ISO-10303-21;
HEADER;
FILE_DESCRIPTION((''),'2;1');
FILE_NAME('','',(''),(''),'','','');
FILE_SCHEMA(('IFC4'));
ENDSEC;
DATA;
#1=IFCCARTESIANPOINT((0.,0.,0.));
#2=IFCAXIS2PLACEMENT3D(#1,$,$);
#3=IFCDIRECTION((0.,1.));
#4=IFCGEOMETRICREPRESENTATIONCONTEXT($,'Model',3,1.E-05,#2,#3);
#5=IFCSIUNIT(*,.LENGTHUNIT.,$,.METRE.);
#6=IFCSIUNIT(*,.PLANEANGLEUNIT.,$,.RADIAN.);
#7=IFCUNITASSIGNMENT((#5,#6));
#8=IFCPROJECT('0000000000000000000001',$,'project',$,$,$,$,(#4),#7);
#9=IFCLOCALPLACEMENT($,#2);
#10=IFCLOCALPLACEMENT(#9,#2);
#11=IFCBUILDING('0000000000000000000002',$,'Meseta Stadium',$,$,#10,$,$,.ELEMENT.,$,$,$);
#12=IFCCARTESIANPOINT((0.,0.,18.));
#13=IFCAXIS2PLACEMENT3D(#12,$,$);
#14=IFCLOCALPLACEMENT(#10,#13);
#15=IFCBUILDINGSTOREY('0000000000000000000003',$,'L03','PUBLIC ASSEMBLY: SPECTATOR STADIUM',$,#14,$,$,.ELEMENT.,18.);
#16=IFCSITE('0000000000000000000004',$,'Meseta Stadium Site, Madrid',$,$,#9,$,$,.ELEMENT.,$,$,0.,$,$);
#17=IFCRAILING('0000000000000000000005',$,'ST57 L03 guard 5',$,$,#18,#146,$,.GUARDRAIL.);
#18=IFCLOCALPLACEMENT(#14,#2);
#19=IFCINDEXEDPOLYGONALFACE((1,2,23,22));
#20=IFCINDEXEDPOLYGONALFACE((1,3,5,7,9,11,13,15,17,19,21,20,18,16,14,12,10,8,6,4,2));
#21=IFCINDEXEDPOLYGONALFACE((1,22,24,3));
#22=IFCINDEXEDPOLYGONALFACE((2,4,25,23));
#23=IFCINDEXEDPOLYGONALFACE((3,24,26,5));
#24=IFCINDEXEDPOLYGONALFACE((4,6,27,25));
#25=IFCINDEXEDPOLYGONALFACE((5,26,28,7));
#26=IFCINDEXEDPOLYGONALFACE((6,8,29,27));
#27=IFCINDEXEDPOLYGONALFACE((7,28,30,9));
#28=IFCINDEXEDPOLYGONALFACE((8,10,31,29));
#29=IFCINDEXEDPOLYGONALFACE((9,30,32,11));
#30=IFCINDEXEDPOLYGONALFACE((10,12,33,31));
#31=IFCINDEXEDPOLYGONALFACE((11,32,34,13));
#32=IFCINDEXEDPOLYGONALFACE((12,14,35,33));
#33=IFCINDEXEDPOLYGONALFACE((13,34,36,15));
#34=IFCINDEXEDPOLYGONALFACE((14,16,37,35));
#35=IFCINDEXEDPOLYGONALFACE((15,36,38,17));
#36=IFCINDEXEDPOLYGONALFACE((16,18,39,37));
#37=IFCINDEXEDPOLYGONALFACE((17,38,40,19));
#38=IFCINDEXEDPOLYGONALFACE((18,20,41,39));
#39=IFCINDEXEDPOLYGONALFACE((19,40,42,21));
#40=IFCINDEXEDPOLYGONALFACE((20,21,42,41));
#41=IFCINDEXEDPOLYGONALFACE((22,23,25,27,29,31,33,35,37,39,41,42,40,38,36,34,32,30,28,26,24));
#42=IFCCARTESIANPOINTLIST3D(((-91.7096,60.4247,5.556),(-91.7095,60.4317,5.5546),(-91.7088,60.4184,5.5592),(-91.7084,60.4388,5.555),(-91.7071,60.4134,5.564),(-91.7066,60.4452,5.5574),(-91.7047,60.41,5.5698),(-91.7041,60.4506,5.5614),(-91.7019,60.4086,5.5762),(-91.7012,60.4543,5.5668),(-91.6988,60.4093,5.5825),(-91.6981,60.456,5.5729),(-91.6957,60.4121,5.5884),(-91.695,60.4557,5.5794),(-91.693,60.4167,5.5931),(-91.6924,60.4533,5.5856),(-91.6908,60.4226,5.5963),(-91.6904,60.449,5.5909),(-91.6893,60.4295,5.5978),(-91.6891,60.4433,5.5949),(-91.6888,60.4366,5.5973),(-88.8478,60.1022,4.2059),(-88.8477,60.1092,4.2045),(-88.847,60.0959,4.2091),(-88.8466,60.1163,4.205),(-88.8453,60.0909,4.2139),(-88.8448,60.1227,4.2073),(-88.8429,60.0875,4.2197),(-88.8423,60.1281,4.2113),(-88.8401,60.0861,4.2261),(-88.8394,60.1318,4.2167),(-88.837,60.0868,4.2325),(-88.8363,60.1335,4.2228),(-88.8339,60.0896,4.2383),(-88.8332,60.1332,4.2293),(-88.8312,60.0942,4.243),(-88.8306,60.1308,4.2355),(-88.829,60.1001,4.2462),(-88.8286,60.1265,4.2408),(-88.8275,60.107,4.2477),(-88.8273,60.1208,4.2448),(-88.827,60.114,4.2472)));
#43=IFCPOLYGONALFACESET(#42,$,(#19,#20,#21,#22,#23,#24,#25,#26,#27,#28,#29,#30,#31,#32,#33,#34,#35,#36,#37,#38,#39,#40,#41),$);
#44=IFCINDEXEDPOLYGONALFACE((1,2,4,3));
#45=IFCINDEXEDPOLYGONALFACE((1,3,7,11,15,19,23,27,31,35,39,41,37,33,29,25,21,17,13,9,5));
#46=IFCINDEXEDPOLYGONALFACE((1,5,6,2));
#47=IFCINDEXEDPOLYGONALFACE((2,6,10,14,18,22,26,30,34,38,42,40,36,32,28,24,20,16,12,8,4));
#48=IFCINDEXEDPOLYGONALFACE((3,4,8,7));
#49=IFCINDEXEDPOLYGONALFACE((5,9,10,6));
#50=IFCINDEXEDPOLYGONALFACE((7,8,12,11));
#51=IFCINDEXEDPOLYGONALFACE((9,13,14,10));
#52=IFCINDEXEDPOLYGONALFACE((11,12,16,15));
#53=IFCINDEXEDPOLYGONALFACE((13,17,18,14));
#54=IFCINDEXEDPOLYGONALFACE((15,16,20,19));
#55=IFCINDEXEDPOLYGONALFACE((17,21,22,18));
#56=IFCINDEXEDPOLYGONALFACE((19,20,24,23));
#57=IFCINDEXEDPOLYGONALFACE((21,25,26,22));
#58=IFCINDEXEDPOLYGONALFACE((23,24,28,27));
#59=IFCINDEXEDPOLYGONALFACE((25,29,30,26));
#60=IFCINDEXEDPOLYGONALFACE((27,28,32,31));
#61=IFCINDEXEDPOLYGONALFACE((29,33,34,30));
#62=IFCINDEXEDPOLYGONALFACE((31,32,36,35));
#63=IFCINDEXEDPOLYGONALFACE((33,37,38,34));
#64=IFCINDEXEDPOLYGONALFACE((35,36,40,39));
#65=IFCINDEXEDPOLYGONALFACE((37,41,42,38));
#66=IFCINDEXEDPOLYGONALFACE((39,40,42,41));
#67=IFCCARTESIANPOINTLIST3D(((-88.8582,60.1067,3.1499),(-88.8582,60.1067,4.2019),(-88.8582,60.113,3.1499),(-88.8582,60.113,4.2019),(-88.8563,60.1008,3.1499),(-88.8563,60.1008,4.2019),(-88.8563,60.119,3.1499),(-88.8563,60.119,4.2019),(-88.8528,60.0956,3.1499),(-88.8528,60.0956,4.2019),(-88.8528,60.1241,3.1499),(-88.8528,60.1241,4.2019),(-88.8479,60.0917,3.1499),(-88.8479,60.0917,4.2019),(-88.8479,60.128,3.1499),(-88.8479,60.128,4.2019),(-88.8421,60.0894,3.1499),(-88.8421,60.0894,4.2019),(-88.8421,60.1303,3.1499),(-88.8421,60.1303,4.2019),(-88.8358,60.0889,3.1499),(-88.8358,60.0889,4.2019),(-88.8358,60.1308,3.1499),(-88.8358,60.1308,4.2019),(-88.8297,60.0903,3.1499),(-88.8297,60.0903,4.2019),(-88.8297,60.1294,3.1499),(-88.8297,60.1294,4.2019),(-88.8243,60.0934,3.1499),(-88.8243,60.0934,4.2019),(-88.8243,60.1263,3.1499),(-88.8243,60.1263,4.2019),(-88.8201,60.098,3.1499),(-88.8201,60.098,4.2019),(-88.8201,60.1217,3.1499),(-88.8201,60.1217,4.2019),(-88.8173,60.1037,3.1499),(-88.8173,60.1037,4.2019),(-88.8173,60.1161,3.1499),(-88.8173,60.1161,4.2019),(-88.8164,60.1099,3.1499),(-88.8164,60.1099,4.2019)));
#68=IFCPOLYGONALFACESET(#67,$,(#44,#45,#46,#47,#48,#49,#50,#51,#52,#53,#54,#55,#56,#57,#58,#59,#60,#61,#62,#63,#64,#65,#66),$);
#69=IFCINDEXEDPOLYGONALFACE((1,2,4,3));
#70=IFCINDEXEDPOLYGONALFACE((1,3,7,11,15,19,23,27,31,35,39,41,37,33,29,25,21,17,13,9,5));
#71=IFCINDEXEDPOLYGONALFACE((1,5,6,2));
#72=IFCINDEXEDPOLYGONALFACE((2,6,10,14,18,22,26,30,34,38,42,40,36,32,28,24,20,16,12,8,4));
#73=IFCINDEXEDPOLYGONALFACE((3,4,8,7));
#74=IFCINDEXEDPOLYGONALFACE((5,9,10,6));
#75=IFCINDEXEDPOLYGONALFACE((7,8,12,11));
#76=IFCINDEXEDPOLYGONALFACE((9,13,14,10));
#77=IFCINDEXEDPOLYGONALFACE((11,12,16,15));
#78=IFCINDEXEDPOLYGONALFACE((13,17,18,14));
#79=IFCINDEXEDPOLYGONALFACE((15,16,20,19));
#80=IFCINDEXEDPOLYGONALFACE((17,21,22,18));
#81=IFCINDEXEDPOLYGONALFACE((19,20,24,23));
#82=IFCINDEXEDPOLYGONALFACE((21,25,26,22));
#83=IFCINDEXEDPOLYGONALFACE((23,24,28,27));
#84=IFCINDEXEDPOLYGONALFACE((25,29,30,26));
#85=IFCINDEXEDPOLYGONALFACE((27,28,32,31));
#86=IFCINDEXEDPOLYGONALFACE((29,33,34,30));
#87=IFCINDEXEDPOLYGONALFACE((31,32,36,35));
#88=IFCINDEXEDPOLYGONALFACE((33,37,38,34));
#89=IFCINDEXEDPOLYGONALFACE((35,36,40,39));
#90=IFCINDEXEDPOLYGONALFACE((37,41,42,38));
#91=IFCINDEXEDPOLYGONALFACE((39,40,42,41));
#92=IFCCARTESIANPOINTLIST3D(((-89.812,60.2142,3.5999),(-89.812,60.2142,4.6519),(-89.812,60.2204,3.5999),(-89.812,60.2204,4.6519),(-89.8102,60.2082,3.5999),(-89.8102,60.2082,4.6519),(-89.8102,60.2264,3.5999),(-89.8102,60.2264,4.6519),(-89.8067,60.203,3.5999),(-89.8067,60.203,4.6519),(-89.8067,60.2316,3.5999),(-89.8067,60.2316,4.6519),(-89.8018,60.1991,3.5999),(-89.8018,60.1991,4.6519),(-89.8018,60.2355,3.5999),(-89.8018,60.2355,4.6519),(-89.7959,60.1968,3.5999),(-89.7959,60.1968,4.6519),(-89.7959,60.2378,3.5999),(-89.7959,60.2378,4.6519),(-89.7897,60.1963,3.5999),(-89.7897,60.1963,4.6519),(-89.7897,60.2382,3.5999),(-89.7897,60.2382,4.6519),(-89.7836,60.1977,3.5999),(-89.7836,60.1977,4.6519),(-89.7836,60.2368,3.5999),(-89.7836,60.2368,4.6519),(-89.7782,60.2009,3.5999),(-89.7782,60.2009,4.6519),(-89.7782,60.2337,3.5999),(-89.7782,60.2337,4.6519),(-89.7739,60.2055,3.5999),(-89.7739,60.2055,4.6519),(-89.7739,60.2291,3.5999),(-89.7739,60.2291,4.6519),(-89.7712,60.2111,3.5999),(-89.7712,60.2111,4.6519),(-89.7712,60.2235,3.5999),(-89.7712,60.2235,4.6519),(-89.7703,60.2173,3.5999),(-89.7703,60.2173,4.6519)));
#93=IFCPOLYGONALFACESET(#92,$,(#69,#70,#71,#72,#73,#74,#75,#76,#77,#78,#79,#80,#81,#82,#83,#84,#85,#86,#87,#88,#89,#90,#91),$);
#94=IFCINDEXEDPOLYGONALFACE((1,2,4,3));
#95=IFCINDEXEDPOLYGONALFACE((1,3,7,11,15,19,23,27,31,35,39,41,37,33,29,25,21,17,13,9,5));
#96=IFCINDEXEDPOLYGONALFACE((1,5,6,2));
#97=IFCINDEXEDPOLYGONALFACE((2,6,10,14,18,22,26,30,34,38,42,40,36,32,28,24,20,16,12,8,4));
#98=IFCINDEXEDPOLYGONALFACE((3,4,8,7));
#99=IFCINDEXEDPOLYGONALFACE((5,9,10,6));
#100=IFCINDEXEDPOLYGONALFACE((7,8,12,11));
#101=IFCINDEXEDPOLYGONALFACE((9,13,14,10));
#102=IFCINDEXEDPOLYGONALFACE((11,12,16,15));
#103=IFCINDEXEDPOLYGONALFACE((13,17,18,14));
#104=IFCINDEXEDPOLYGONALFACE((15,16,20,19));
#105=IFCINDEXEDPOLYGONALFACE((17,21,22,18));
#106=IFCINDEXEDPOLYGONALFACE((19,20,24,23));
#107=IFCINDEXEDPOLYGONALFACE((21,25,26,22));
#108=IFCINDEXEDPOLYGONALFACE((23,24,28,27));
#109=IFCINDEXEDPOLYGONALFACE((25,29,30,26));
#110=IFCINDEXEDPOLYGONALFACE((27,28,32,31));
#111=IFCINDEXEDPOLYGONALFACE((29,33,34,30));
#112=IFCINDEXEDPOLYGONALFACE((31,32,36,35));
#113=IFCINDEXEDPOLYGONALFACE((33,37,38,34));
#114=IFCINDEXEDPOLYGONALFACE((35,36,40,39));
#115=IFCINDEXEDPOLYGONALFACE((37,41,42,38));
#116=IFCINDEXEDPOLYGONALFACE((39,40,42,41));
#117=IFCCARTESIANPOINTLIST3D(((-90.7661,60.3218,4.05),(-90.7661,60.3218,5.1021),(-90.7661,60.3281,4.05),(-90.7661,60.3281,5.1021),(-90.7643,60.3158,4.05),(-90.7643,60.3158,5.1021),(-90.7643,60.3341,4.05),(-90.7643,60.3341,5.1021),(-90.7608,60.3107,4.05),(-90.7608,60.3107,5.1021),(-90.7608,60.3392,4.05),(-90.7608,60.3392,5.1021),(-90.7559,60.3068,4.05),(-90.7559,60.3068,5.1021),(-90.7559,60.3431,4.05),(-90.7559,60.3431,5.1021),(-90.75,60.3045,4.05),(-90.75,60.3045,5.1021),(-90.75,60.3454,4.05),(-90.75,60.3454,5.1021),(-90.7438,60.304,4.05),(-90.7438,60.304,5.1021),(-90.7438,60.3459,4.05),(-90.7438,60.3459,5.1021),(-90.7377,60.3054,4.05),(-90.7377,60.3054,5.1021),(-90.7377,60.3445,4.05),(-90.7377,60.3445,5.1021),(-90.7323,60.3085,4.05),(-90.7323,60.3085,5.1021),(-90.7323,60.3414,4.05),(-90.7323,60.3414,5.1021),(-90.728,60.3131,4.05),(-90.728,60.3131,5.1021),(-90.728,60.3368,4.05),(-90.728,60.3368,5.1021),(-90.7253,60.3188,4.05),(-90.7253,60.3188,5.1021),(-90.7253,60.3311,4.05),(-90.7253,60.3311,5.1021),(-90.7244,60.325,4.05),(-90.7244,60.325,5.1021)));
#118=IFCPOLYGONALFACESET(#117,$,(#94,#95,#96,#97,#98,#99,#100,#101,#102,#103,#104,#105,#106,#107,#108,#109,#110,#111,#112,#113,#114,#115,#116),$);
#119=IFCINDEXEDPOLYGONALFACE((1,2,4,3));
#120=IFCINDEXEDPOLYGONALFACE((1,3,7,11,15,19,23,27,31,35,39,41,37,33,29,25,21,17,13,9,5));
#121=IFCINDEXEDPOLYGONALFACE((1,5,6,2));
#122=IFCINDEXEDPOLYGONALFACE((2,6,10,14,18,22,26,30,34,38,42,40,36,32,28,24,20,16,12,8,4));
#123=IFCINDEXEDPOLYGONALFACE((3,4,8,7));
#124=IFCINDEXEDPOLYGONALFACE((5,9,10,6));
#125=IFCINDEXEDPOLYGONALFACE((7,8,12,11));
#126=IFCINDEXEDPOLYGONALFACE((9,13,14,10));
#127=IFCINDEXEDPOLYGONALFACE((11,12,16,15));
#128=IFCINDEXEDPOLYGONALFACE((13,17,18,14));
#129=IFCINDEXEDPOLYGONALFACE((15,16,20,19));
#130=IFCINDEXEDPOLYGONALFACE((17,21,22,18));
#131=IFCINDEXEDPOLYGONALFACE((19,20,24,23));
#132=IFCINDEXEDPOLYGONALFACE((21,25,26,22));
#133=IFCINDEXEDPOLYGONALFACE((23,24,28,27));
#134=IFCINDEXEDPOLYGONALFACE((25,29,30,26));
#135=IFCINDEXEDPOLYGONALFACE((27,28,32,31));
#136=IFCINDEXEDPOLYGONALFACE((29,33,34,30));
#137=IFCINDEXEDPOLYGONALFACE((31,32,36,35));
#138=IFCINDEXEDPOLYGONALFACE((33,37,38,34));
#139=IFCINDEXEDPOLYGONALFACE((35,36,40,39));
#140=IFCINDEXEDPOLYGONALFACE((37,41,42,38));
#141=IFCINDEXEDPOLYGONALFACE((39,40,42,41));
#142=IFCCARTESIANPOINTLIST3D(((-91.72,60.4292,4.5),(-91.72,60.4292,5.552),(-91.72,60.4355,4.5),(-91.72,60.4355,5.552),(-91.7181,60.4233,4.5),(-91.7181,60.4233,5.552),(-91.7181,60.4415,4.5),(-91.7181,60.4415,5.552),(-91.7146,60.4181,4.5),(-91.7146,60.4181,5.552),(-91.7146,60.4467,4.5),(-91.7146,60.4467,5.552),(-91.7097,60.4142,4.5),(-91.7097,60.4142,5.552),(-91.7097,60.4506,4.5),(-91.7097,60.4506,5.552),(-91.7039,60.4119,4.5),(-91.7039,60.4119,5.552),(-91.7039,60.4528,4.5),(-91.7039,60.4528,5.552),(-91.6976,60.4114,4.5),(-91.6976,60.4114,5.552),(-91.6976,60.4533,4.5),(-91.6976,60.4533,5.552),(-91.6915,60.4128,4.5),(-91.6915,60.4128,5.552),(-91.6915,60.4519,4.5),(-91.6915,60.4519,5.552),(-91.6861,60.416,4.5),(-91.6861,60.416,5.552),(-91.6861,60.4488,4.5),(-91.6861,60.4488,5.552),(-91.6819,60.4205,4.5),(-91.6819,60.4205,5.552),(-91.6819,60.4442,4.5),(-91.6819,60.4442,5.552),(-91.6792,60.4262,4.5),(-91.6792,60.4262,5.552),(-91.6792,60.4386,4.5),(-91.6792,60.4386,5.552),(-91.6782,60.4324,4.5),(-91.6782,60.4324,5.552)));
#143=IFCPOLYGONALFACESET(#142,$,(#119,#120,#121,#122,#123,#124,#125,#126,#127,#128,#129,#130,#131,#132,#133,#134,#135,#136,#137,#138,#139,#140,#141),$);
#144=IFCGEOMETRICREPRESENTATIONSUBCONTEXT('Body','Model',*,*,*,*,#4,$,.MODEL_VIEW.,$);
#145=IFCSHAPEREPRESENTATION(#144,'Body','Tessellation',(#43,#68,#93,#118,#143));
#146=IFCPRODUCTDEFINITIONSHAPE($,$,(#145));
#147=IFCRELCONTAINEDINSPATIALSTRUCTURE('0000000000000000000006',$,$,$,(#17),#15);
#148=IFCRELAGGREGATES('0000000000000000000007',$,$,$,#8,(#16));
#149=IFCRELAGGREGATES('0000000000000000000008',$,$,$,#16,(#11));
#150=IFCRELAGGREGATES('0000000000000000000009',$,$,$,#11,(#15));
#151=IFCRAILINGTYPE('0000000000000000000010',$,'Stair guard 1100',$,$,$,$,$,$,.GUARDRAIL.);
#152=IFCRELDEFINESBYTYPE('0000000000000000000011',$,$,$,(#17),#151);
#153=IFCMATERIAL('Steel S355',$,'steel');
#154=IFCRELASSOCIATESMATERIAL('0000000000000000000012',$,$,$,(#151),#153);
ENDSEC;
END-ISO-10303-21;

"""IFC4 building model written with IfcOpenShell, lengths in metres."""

from ifc_helpers import new_model, si_unit, direction, frame, origin, origin_2d, place, context, subcontext, project, spatial, circle, extrude, material, type_object, element, save


model = new_model("IFC4")

# Units and contexts
model_context = context("Model", 3, precision=1e-05, world=origin(), true_north=direction((0.0, 1.0)))
body_context = subcontext(model_context, "Body", "Model", "MODEL_VIEW")
ifc_project = project(units=[si_unit("LENGTHUNIT", "METRE"), si_unit("PLANEANGLEUNIT", "RADIAN")], contexts=[model_context])

# Site, building, storey
site_placement = place(None, origin())
site = spatial("IfcSite", under=ifc_project, at=site_placement, Name="Meseta Stadium Site, Madrid", CompositionType="ELEMENT", RefElevation=0.0)
building_placement = place(site_placement, origin())
building = spatial("IfcBuilding", under=site, at=building_placement, Name="Meseta Stadium", CompositionType="ELEMENT")
storey_placement = place(building_placement, frame((0.0, 0.0, 18.0)))
storey = spatial("IfcBuildingStorey", under=building, at=storey_placement, Name="L03", Description="PUBLIC ASSEMBLY: SPECTATOR STADIUM", CompositionType="ELEMENT", Elevation=18.0)

# Railing
ifc_material_1 = material(Name="Steel S355", Category="steel")
railing_type_1 = type_object("IfcRailingType", Name="Stair guard 1100", PredefinedType="GUARDRAIL", material=ifc_material_1)
railing_1_placement = place(storey_placement, frame((-88.8374, 60.1099, 3.1499)))
element("IfcRailing", 1, at=railing_1_placement, inside=storey, type_object=railing_type_1, Name="ST57 L03 guard 5", PredefinedType="GUARDRAIL", context=body_context, shape_type="SweptSolid", body=[
    extrude(circle(Radius=0.0239, at=origin_2d()), frame((0.0, 0.0, 1.0762), z_axis=(-0.899748, 0.101396, 0.424467), x_axis=(-0.111985, -0.99371, 0.0)), (0.0, 0.0, 1.0), 3.1807),
    extrude(circle(Radius=0.021, at=origin_2d()), origin(), (0.0, 0.0, 1.0), 1.052),
    extrude(circle(Radius=0.021, at=origin_2d()), frame((-0.9539, 0.1074, 0.45)), (0.0, 0.0, 1.0), 1.052),
    extrude(circle(Radius=0.021, at=origin_2d()), frame((-1.908, 0.2151, 0.9001)), (0.0, 0.0, 1.0), 1.052),
    extrude(circle(Radius=0.021, at=origin_2d()), frame((-2.8618, 0.3225, 1.3501)), (0.0, 0.0, 1.0), 1.052),
])

save(model, "model.ifc")
